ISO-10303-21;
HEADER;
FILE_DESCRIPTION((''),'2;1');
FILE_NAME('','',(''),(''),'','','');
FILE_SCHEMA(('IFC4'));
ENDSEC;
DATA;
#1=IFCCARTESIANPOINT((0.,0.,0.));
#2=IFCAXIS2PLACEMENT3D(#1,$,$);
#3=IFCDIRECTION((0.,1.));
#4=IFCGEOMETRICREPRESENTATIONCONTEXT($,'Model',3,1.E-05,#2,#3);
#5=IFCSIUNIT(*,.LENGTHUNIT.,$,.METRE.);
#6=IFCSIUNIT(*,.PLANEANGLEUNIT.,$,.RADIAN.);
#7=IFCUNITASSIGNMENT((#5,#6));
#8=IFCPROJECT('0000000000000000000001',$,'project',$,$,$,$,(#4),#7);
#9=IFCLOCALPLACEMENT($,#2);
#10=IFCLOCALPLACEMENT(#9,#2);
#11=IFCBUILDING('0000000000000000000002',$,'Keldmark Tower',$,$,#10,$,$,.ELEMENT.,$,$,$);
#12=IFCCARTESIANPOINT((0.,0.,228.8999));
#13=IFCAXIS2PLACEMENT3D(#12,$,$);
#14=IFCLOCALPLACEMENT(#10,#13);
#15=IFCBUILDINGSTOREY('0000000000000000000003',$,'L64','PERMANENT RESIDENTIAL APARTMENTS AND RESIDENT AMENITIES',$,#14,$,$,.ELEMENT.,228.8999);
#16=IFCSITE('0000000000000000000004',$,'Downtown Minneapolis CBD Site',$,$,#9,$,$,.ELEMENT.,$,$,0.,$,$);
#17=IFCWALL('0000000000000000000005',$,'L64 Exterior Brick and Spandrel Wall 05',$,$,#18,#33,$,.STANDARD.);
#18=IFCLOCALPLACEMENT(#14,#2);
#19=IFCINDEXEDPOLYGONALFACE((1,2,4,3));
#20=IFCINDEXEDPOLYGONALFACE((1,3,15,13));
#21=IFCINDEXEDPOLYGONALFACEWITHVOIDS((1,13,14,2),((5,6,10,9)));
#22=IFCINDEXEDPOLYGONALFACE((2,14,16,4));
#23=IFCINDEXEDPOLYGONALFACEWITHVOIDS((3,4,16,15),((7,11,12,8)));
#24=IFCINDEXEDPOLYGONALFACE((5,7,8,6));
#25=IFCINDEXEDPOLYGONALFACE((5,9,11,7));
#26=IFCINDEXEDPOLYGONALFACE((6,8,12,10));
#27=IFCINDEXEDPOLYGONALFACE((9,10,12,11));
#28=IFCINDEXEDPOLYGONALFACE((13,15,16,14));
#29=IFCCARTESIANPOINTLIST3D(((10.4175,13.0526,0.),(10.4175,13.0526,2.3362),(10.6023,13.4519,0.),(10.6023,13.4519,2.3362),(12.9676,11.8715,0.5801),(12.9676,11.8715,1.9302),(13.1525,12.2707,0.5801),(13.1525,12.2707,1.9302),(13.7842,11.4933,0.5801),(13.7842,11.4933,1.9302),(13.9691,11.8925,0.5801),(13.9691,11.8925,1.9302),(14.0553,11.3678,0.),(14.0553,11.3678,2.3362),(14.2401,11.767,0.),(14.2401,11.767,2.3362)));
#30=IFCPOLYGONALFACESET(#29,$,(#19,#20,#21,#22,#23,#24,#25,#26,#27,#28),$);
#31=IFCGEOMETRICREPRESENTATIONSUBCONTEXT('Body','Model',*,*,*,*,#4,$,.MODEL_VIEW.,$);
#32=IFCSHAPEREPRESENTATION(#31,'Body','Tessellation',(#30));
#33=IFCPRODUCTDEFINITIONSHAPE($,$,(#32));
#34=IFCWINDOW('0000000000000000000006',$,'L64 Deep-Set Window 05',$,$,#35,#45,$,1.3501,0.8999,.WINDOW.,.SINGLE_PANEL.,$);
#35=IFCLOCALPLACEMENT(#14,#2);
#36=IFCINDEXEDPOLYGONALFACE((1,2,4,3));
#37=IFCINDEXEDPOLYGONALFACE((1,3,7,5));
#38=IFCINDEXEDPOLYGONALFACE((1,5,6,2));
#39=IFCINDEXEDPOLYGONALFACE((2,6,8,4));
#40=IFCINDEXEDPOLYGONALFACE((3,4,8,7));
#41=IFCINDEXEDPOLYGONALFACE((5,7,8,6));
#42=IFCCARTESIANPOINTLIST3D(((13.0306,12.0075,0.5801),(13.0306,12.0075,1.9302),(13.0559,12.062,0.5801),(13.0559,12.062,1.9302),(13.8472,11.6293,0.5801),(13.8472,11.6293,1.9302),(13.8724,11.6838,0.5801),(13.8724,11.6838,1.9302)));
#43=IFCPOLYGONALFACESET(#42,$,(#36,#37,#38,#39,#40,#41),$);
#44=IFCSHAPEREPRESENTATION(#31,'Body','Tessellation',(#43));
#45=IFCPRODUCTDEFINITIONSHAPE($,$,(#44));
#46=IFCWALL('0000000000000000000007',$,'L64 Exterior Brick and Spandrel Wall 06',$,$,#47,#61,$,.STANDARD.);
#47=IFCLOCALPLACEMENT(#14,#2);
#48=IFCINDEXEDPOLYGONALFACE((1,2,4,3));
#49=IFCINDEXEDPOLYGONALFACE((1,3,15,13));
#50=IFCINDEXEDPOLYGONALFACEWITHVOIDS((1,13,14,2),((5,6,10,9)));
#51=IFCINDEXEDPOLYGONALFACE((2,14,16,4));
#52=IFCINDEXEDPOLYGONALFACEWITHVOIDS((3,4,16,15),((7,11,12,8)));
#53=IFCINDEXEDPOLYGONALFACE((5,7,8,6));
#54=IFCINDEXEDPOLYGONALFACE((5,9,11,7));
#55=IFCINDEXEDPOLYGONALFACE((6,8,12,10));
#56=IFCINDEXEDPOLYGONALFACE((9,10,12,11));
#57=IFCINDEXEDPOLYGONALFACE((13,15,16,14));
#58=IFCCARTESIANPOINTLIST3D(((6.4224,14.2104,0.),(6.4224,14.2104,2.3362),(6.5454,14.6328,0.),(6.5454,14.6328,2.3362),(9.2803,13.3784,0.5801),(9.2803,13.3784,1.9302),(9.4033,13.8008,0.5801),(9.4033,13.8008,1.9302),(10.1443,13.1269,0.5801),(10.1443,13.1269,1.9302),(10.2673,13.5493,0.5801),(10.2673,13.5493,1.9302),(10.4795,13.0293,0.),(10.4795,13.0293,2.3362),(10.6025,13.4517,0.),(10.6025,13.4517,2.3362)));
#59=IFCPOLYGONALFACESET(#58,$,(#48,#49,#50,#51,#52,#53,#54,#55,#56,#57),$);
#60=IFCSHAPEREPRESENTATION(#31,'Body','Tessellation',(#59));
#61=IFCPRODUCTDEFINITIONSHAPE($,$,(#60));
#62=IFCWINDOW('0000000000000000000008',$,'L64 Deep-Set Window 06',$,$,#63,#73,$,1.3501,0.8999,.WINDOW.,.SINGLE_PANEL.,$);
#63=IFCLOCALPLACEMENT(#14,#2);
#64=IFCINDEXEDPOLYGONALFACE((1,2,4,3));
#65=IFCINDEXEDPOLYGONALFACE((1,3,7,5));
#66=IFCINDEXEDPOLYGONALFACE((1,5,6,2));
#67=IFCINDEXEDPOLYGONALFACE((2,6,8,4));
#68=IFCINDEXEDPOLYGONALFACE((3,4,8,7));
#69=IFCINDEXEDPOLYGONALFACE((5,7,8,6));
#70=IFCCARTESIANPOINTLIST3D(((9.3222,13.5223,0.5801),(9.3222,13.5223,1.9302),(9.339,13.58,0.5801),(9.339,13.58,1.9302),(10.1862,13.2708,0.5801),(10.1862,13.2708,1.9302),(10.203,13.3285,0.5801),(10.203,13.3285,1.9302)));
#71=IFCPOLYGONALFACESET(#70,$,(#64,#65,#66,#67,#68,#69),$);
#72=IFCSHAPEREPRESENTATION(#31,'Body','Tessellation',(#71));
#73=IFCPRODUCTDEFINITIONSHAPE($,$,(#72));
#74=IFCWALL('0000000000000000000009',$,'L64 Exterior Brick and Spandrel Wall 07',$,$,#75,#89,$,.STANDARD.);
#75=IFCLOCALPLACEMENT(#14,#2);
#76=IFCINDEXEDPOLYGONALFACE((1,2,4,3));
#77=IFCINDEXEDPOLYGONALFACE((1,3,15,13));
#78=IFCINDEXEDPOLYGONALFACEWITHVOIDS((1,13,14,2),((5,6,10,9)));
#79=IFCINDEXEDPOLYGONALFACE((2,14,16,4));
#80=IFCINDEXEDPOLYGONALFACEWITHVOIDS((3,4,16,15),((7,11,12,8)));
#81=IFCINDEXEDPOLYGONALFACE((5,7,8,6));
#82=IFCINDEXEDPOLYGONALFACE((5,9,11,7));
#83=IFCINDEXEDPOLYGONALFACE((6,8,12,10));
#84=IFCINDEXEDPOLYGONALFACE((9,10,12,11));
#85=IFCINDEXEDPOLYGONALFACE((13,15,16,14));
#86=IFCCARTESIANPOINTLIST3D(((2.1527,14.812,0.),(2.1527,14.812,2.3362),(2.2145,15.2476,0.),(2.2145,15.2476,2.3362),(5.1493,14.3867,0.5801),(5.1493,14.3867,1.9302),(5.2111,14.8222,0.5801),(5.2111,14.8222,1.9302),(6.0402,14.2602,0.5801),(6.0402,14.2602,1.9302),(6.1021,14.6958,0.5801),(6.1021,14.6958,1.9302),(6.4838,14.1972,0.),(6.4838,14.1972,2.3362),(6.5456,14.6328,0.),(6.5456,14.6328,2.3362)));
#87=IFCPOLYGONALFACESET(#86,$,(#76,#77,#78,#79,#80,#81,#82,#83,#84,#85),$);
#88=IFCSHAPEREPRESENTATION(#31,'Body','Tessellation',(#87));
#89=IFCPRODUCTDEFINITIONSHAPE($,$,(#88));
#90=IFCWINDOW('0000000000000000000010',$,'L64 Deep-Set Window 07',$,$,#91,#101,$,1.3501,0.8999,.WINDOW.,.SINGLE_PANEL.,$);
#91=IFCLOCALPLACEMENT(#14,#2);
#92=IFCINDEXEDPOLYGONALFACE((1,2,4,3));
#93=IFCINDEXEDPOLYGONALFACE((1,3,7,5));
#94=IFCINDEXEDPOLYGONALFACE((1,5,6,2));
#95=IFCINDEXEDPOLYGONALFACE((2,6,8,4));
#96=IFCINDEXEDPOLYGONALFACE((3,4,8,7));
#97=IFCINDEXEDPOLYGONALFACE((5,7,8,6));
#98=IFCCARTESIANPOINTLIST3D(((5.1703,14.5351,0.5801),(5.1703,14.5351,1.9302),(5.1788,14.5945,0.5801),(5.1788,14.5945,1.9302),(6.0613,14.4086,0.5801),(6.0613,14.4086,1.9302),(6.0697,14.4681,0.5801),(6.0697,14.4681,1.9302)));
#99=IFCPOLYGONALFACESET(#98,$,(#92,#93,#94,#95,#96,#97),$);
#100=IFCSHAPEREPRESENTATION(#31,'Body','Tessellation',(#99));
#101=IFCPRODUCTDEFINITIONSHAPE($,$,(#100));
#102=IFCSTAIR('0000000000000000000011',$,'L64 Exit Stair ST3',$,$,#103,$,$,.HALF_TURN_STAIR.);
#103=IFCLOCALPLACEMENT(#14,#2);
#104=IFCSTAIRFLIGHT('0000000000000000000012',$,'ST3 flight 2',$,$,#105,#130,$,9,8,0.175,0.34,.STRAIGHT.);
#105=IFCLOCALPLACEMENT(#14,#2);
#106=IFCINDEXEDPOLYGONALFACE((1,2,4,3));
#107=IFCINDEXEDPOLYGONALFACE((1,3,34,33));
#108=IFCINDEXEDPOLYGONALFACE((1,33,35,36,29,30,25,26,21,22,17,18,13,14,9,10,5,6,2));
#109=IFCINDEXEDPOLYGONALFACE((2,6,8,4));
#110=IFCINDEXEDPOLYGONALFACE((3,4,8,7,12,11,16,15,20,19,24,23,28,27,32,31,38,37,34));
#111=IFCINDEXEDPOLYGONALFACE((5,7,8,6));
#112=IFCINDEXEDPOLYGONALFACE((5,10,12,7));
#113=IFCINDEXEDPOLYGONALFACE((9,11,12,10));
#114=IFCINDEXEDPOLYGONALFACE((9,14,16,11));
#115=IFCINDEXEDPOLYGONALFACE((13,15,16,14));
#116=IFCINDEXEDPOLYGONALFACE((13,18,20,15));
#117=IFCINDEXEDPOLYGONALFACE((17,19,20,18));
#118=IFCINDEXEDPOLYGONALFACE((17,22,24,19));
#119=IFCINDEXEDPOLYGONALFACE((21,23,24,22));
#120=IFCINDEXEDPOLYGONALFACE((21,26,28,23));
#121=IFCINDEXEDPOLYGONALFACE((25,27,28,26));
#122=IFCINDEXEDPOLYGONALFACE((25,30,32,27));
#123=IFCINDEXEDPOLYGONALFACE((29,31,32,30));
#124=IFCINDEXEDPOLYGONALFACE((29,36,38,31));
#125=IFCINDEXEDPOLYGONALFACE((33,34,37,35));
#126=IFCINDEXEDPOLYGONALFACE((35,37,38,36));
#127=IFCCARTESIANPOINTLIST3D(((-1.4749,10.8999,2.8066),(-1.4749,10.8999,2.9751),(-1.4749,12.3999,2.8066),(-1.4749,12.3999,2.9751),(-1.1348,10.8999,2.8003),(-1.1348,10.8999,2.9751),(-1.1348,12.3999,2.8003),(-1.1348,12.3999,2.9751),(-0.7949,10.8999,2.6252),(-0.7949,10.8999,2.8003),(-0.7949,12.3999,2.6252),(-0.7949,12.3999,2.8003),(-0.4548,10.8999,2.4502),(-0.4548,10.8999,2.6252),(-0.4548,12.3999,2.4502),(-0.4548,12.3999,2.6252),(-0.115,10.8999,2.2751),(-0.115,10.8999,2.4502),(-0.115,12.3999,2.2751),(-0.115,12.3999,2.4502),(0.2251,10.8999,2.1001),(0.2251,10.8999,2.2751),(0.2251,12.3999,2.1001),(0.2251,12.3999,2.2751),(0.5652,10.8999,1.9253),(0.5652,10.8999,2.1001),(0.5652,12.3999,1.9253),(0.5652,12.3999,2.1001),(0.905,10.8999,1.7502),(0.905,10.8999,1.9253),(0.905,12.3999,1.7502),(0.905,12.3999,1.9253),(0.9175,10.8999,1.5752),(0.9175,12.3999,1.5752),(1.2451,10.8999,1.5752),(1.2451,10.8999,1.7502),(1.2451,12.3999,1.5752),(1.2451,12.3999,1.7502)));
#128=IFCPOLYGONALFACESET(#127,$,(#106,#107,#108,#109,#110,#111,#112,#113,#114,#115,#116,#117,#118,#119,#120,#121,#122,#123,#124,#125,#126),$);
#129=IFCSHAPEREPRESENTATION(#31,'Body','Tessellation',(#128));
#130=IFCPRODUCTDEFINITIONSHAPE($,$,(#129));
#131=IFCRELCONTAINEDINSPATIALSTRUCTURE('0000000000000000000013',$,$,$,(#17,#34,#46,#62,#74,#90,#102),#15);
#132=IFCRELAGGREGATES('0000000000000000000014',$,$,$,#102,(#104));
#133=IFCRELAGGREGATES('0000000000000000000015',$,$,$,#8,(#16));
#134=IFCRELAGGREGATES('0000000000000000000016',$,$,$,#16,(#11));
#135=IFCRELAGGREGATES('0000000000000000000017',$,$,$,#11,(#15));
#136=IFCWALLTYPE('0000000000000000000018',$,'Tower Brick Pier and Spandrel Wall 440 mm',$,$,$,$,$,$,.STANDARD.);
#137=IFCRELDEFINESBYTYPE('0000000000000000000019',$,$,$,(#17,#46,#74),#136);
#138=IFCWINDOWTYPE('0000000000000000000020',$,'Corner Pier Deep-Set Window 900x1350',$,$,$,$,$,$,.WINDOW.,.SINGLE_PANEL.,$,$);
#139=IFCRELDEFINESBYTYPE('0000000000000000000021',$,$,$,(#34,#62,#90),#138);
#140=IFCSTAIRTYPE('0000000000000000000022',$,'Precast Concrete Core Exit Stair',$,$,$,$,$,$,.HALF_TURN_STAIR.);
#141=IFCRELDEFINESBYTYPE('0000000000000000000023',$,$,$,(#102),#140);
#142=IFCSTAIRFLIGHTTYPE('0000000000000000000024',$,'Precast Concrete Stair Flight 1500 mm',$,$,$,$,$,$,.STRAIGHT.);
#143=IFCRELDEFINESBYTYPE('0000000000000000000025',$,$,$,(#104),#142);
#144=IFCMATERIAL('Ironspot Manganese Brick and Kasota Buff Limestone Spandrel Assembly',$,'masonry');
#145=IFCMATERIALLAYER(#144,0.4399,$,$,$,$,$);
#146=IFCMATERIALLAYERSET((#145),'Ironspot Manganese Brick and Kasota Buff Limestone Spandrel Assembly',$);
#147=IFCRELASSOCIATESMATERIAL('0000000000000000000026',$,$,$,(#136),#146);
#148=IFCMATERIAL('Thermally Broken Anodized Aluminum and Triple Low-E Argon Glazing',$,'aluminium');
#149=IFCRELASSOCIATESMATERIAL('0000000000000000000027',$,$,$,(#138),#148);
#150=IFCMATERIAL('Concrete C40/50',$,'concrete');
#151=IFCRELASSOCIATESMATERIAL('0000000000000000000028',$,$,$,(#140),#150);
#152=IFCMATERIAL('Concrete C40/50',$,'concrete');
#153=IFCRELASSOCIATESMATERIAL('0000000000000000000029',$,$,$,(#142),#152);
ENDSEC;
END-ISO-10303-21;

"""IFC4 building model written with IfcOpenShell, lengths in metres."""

from ifc_helpers import new_model, si_unit, direction, frame, frame_2d, origin, place, context, subcontext, project, spatial, polyline, rectangle, outline, extrude, material, layer, layer_set, type_object, element, fill, aggregate, save


model = new_model("IFC4")

# Units and contexts
model_context = context("Model", 3, precision=1e-05, world=origin(), true_north=direction((0.0, 1.0)))
body_context = subcontext(model_context, "Body", "Model", "MODEL_VIEW")
ifc_project = project(units=[si_unit("LENGTHUNIT", "METRE"), si_unit("PLANEANGLEUNIT", "RADIAN")], contexts=[model_context])

# Site, building, storey
site_placement = place(None, origin())
site = spatial("IfcSite", under=ifc_project, at=site_placement, Name="Downtown Minneapolis CBD Site", CompositionType="ELEMENT", RefElevation=0.0)
building_placement = place(site_placement, origin())
building = spatial("IfcBuilding", under=site, at=building_placement, Name="Keldmark Tower", CompositionType="ELEMENT")
storey_placement = place(building_placement, frame((0.0, 0.0, 228.8999)))
storey = spatial("IfcBuildingStorey", under=building, at=storey_placement, Name="L64", Description="PERMANENT RESIDENTIAL APARTMENTS AND RESIDENT AMENITIES", CompositionType="ELEMENT", Elevation=228.8999)

# Walls, openings, windows
ifc_material_1 = material(Name="Ironspot Manganese Brick and Kasota Buff Limestone Spandrel Assembly", Category="masonry")
ifc_layer_1 = layer(ifc_material_1, 0.4399)
ifc_layer_set_1 = layer_set([ifc_layer_1], Name="Ironspot Manganese Brick and Kasota Buff Limestone Spandrel Assembly")
wall_type_1 = type_object("IfcWallType", Name="Tower Brick Pier and Spandrel Wall 440 mm", PredefinedType="STANDARD", material=ifc_layer_set_1)
wall_1_placement = place(storey_placement, frame((10.51, 13.2522, 0.0), z_axis=(0.0, 0.0, 1.0), x_axis=(0.907401, -0.420267, 0.0)))
wall_1 = element("IfcWall", 1, at=wall_1_placement, inside=storey, type_object=wall_type_1, Name="L64 Exterior Brick and Spandrel Wall 05", PredefinedType="STANDARD", context=body_context, shape_type="SweptSolid", body=[
    extrude(rectangle(XDim=4.009, YDim=0.4399, at=frame_2d((2.0044, 0.0))), origin(), (0.0, 0.0, 1.0), 2.3362),
])
opening_1_placement = place(wall_1_placement, frame((2.8103, 0.0, 0.5801)))
opening_1 = element("IfcOpeningElement", 2, at=opening_1_placement, cuts=wall_1, PredefinedType="OPENING", context=body_context, shape_type="SweptSolid", body=[
    extrude(rectangle(XDim=0.8999, YDim=1.3501, at=frame_2d((0.45, 0.675))), frame((0.0, 0.23, 0.0), z_axis=(0.0, -1.0, 0.0), x_axis=(1.0, 0.0, 0.0)), (0.0, 0.0, 1.0), 0.46),
])
ifc_material_2 = material(Name="Thermally Broken Anodized Aluminum and Triple Low-E Argon Glazing", Category="aluminium")
window_type = type_object("IfcWindowType", Name="Corner Pier Deep-Set Window 900x1350", PartitioningType="SINGLE_PANEL", PredefinedType="WINDOW", material=ifc_material_2)
window_1_placement = place(opening_1_placement, origin())
window_1 = element("IfcWindow", 3, at=window_1_placement, inside=storey, type_object=window_type, Name="L64 Deep-Set Window 05", OverallHeight=1.3501, OverallWidth=0.8999, PartitioningType="SINGLE_PANEL", PredefinedType="WINDOW", context=body_context, shape_type="SweptSolid", body=[
    extrude(rectangle(XDim=0.8999, YDim=1.3501, at=frame_2d((0.45, 0.675))), frame((0.0, -0.01, 0.0), z_axis=(0.0, -1.0, 0.0), x_axis=(1.0, 0.0, 0.0)), (0.0, 0.0, 1.0), 0.0601),
])
fill(opening_1, window_1)
wall_2_placement = place(storey_placement, frame((6.4839, 14.4216, 0.0), z_axis=(0.0, 0.0, 1.0), x_axis=(0.960138, -0.279525, 0.0)))
wall_2 = element("IfcWall", 4, at=wall_2_placement, inside=storey, type_object=wall_type_1, Name="L64 Exterior Brick and Spandrel Wall 06", PredefinedType="STANDARD", context=body_context, shape_type="SweptSolid", body=[
    extrude(rectangle(XDim=4.2256, YDim=0.4399, at=frame_2d((2.1128, 0.0))), origin(), (0.0, 0.0, 1.0), 2.3362),
])
opening_2_placement = place(wall_2_placement, frame((2.9766, 0.0, 0.5801)))
opening_2 = element("IfcOpeningElement", 5, at=opening_2_placement, cuts=wall_2, PredefinedType="OPENING", context=body_context, shape_type="SweptSolid", body=[
    extrude(rectangle(XDim=0.8999, YDim=1.3501, at=frame_2d((0.45, 0.675))), frame((0.0, 0.23, 0.0), z_axis=(0.0, -1.0, 0.0), x_axis=(1.0, 0.0, 0.0)), (0.0, 0.0, 1.0), 0.46),
])
window_2_placement = place(opening_2_placement, origin())
window_2 = element("IfcWindow", 6, at=window_2_placement, inside=storey, type_object=window_type, Name="L64 Deep-Set Window 06", OverallHeight=1.3501, OverallWidth=0.8999, PartitioningType="SINGLE_PANEL", PredefinedType="WINDOW", context=body_context, shape_type="SweptSolid", body=[
    extrude(rectangle(XDim=0.8999, YDim=1.3501, at=frame_2d((0.45, 0.675))), frame((0.0, -0.01, 0.0), z_axis=(0.0, -1.0, 0.0), x_axis=(1.0, 0.0, 0.0)), (0.0, 0.0, 1.0), 0.0601),
])
fill(opening_2, window_2)
wall_3_placement = place(storey_placement, frame((2.1836, 15.0298, 0.0), z_axis=(0.0, 0.0, 1.0), x_axis=(0.990076, -0.140531, 0.0)))
wall_3 = element("IfcWall", 7, at=wall_3_placement, inside=storey, type_object=wall_type_1, Name="L64 Exterior Brick and Spandrel Wall 07", PredefinedType="STANDARD", context=body_context, shape_type="SweptSolid", body=[
    extrude(rectangle(XDim=4.3745, YDim=0.4399, at=frame_2d((2.1873, 0.0))), origin(), (0.0, 0.0, 1.0), 2.3362),
])
opening_3_placement = place(wall_3_placement, frame((3.0266, 0.0, 0.5801)))
opening_3 = element("IfcOpeningElement", 8, at=opening_3_placement, cuts=wall_3, PredefinedType="OPENING", context=body_context, shape_type="SweptSolid", body=[
    extrude(rectangle(XDim=0.8999, YDim=1.3501, at=frame_2d((0.45, 0.675))), frame((0.0, 0.23, 0.0), z_axis=(0.0, -1.0, 0.0), x_axis=(1.0, 0.0, 0.0)), (0.0, 0.0, 1.0), 0.46),
])
window_3_placement = place(opening_3_placement, origin())
window_3 = element("IfcWindow", 9, at=window_3_placement, inside=storey, type_object=window_type, Name="L64 Deep-Set Window 07", OverallHeight=1.3501, OverallWidth=0.8999, PartitioningType="SINGLE_PANEL", PredefinedType="WINDOW", context=body_context, shape_type="SweptSolid", body=[
    extrude(rectangle(XDim=0.8999, YDim=1.3501, at=frame_2d((0.45, 0.675))), frame((0.0, -0.01, 0.0), z_axis=(0.0, -1.0, 0.0), x_axis=(1.0, 0.0, 0.0)), (0.0, 0.0, 1.0), 0.0601),
])
fill(opening_3, window_3)

# Stair, stair flight
ifc_material_3 = material(Name="Concrete C40/50", Category="concrete")
stair_type = type_object("IfcStairType", Name="Precast Concrete Core Exit Stair", PredefinedType="HALF_TURN_STAIR", material=ifc_material_3)
stair_placement = place(storey_placement, origin())
stair = element("IfcStair", 10, at=stair_placement, inside=storey, type_object=stair_type, Name="L64 Exit Stair ST3", PredefinedType="HALF_TURN_STAIR")
ifc_material_4 = material(Name="Concrete C40/50", Category="concrete")
stair_flight_type = type_object("IfcStairFlightType", Name="Precast Concrete Stair Flight 1500 mm", PredefinedType="STRAIGHT", material=ifc_material_4)
stair_flight_placement = place(storey_placement, frame((1.2451, 11.6499, 1.5752), z_axis=(0.0, 0.0, 1.0), x_axis=(-1.0, 0.0, 0.0)))
stair_flight = element("IfcStairFlight", 11, at=stair_flight_placement, type_object=stair_flight_type, Name="ST3 flight 2", NumberOfRisers=9, NumberOfTreads=8, PredefinedType="STRAIGHT", RiserHeight=0.175, TreadLength=0.34, context=body_context, shape_type="SweptSolid", body=[
    extrude(outline(polyline([(0.0, 0.0), (0.0, 0.175), (0.3401, 0.175), (0.3401, 0.3501), (0.6799, 0.3501), (0.6799, 0.5249), (1.02, 0.5249), (1.02, 0.7), (1.3601, 0.7), (1.3601, 0.875), (1.7, 0.875), (1.7, 1.05), (2.04, 1.05), (2.04, 1.2251), (2.3799, 1.2251), (2.3799, 1.3999), (2.72, 1.3999), (2.72, 1.575), (2.72, 1.2314), (0.3276, 0.0), (0.0, 0.0)])), frame((0.0, 0.75, 0.0), z_axis=(0.0, -1.0, 0.0), x_axis=(1.0, 0.0, 0.0)), (0.0, 0.0, 1.0), 1.5),
])
aggregate(stair, [stair_flight])

save(model, "model.ifc")
